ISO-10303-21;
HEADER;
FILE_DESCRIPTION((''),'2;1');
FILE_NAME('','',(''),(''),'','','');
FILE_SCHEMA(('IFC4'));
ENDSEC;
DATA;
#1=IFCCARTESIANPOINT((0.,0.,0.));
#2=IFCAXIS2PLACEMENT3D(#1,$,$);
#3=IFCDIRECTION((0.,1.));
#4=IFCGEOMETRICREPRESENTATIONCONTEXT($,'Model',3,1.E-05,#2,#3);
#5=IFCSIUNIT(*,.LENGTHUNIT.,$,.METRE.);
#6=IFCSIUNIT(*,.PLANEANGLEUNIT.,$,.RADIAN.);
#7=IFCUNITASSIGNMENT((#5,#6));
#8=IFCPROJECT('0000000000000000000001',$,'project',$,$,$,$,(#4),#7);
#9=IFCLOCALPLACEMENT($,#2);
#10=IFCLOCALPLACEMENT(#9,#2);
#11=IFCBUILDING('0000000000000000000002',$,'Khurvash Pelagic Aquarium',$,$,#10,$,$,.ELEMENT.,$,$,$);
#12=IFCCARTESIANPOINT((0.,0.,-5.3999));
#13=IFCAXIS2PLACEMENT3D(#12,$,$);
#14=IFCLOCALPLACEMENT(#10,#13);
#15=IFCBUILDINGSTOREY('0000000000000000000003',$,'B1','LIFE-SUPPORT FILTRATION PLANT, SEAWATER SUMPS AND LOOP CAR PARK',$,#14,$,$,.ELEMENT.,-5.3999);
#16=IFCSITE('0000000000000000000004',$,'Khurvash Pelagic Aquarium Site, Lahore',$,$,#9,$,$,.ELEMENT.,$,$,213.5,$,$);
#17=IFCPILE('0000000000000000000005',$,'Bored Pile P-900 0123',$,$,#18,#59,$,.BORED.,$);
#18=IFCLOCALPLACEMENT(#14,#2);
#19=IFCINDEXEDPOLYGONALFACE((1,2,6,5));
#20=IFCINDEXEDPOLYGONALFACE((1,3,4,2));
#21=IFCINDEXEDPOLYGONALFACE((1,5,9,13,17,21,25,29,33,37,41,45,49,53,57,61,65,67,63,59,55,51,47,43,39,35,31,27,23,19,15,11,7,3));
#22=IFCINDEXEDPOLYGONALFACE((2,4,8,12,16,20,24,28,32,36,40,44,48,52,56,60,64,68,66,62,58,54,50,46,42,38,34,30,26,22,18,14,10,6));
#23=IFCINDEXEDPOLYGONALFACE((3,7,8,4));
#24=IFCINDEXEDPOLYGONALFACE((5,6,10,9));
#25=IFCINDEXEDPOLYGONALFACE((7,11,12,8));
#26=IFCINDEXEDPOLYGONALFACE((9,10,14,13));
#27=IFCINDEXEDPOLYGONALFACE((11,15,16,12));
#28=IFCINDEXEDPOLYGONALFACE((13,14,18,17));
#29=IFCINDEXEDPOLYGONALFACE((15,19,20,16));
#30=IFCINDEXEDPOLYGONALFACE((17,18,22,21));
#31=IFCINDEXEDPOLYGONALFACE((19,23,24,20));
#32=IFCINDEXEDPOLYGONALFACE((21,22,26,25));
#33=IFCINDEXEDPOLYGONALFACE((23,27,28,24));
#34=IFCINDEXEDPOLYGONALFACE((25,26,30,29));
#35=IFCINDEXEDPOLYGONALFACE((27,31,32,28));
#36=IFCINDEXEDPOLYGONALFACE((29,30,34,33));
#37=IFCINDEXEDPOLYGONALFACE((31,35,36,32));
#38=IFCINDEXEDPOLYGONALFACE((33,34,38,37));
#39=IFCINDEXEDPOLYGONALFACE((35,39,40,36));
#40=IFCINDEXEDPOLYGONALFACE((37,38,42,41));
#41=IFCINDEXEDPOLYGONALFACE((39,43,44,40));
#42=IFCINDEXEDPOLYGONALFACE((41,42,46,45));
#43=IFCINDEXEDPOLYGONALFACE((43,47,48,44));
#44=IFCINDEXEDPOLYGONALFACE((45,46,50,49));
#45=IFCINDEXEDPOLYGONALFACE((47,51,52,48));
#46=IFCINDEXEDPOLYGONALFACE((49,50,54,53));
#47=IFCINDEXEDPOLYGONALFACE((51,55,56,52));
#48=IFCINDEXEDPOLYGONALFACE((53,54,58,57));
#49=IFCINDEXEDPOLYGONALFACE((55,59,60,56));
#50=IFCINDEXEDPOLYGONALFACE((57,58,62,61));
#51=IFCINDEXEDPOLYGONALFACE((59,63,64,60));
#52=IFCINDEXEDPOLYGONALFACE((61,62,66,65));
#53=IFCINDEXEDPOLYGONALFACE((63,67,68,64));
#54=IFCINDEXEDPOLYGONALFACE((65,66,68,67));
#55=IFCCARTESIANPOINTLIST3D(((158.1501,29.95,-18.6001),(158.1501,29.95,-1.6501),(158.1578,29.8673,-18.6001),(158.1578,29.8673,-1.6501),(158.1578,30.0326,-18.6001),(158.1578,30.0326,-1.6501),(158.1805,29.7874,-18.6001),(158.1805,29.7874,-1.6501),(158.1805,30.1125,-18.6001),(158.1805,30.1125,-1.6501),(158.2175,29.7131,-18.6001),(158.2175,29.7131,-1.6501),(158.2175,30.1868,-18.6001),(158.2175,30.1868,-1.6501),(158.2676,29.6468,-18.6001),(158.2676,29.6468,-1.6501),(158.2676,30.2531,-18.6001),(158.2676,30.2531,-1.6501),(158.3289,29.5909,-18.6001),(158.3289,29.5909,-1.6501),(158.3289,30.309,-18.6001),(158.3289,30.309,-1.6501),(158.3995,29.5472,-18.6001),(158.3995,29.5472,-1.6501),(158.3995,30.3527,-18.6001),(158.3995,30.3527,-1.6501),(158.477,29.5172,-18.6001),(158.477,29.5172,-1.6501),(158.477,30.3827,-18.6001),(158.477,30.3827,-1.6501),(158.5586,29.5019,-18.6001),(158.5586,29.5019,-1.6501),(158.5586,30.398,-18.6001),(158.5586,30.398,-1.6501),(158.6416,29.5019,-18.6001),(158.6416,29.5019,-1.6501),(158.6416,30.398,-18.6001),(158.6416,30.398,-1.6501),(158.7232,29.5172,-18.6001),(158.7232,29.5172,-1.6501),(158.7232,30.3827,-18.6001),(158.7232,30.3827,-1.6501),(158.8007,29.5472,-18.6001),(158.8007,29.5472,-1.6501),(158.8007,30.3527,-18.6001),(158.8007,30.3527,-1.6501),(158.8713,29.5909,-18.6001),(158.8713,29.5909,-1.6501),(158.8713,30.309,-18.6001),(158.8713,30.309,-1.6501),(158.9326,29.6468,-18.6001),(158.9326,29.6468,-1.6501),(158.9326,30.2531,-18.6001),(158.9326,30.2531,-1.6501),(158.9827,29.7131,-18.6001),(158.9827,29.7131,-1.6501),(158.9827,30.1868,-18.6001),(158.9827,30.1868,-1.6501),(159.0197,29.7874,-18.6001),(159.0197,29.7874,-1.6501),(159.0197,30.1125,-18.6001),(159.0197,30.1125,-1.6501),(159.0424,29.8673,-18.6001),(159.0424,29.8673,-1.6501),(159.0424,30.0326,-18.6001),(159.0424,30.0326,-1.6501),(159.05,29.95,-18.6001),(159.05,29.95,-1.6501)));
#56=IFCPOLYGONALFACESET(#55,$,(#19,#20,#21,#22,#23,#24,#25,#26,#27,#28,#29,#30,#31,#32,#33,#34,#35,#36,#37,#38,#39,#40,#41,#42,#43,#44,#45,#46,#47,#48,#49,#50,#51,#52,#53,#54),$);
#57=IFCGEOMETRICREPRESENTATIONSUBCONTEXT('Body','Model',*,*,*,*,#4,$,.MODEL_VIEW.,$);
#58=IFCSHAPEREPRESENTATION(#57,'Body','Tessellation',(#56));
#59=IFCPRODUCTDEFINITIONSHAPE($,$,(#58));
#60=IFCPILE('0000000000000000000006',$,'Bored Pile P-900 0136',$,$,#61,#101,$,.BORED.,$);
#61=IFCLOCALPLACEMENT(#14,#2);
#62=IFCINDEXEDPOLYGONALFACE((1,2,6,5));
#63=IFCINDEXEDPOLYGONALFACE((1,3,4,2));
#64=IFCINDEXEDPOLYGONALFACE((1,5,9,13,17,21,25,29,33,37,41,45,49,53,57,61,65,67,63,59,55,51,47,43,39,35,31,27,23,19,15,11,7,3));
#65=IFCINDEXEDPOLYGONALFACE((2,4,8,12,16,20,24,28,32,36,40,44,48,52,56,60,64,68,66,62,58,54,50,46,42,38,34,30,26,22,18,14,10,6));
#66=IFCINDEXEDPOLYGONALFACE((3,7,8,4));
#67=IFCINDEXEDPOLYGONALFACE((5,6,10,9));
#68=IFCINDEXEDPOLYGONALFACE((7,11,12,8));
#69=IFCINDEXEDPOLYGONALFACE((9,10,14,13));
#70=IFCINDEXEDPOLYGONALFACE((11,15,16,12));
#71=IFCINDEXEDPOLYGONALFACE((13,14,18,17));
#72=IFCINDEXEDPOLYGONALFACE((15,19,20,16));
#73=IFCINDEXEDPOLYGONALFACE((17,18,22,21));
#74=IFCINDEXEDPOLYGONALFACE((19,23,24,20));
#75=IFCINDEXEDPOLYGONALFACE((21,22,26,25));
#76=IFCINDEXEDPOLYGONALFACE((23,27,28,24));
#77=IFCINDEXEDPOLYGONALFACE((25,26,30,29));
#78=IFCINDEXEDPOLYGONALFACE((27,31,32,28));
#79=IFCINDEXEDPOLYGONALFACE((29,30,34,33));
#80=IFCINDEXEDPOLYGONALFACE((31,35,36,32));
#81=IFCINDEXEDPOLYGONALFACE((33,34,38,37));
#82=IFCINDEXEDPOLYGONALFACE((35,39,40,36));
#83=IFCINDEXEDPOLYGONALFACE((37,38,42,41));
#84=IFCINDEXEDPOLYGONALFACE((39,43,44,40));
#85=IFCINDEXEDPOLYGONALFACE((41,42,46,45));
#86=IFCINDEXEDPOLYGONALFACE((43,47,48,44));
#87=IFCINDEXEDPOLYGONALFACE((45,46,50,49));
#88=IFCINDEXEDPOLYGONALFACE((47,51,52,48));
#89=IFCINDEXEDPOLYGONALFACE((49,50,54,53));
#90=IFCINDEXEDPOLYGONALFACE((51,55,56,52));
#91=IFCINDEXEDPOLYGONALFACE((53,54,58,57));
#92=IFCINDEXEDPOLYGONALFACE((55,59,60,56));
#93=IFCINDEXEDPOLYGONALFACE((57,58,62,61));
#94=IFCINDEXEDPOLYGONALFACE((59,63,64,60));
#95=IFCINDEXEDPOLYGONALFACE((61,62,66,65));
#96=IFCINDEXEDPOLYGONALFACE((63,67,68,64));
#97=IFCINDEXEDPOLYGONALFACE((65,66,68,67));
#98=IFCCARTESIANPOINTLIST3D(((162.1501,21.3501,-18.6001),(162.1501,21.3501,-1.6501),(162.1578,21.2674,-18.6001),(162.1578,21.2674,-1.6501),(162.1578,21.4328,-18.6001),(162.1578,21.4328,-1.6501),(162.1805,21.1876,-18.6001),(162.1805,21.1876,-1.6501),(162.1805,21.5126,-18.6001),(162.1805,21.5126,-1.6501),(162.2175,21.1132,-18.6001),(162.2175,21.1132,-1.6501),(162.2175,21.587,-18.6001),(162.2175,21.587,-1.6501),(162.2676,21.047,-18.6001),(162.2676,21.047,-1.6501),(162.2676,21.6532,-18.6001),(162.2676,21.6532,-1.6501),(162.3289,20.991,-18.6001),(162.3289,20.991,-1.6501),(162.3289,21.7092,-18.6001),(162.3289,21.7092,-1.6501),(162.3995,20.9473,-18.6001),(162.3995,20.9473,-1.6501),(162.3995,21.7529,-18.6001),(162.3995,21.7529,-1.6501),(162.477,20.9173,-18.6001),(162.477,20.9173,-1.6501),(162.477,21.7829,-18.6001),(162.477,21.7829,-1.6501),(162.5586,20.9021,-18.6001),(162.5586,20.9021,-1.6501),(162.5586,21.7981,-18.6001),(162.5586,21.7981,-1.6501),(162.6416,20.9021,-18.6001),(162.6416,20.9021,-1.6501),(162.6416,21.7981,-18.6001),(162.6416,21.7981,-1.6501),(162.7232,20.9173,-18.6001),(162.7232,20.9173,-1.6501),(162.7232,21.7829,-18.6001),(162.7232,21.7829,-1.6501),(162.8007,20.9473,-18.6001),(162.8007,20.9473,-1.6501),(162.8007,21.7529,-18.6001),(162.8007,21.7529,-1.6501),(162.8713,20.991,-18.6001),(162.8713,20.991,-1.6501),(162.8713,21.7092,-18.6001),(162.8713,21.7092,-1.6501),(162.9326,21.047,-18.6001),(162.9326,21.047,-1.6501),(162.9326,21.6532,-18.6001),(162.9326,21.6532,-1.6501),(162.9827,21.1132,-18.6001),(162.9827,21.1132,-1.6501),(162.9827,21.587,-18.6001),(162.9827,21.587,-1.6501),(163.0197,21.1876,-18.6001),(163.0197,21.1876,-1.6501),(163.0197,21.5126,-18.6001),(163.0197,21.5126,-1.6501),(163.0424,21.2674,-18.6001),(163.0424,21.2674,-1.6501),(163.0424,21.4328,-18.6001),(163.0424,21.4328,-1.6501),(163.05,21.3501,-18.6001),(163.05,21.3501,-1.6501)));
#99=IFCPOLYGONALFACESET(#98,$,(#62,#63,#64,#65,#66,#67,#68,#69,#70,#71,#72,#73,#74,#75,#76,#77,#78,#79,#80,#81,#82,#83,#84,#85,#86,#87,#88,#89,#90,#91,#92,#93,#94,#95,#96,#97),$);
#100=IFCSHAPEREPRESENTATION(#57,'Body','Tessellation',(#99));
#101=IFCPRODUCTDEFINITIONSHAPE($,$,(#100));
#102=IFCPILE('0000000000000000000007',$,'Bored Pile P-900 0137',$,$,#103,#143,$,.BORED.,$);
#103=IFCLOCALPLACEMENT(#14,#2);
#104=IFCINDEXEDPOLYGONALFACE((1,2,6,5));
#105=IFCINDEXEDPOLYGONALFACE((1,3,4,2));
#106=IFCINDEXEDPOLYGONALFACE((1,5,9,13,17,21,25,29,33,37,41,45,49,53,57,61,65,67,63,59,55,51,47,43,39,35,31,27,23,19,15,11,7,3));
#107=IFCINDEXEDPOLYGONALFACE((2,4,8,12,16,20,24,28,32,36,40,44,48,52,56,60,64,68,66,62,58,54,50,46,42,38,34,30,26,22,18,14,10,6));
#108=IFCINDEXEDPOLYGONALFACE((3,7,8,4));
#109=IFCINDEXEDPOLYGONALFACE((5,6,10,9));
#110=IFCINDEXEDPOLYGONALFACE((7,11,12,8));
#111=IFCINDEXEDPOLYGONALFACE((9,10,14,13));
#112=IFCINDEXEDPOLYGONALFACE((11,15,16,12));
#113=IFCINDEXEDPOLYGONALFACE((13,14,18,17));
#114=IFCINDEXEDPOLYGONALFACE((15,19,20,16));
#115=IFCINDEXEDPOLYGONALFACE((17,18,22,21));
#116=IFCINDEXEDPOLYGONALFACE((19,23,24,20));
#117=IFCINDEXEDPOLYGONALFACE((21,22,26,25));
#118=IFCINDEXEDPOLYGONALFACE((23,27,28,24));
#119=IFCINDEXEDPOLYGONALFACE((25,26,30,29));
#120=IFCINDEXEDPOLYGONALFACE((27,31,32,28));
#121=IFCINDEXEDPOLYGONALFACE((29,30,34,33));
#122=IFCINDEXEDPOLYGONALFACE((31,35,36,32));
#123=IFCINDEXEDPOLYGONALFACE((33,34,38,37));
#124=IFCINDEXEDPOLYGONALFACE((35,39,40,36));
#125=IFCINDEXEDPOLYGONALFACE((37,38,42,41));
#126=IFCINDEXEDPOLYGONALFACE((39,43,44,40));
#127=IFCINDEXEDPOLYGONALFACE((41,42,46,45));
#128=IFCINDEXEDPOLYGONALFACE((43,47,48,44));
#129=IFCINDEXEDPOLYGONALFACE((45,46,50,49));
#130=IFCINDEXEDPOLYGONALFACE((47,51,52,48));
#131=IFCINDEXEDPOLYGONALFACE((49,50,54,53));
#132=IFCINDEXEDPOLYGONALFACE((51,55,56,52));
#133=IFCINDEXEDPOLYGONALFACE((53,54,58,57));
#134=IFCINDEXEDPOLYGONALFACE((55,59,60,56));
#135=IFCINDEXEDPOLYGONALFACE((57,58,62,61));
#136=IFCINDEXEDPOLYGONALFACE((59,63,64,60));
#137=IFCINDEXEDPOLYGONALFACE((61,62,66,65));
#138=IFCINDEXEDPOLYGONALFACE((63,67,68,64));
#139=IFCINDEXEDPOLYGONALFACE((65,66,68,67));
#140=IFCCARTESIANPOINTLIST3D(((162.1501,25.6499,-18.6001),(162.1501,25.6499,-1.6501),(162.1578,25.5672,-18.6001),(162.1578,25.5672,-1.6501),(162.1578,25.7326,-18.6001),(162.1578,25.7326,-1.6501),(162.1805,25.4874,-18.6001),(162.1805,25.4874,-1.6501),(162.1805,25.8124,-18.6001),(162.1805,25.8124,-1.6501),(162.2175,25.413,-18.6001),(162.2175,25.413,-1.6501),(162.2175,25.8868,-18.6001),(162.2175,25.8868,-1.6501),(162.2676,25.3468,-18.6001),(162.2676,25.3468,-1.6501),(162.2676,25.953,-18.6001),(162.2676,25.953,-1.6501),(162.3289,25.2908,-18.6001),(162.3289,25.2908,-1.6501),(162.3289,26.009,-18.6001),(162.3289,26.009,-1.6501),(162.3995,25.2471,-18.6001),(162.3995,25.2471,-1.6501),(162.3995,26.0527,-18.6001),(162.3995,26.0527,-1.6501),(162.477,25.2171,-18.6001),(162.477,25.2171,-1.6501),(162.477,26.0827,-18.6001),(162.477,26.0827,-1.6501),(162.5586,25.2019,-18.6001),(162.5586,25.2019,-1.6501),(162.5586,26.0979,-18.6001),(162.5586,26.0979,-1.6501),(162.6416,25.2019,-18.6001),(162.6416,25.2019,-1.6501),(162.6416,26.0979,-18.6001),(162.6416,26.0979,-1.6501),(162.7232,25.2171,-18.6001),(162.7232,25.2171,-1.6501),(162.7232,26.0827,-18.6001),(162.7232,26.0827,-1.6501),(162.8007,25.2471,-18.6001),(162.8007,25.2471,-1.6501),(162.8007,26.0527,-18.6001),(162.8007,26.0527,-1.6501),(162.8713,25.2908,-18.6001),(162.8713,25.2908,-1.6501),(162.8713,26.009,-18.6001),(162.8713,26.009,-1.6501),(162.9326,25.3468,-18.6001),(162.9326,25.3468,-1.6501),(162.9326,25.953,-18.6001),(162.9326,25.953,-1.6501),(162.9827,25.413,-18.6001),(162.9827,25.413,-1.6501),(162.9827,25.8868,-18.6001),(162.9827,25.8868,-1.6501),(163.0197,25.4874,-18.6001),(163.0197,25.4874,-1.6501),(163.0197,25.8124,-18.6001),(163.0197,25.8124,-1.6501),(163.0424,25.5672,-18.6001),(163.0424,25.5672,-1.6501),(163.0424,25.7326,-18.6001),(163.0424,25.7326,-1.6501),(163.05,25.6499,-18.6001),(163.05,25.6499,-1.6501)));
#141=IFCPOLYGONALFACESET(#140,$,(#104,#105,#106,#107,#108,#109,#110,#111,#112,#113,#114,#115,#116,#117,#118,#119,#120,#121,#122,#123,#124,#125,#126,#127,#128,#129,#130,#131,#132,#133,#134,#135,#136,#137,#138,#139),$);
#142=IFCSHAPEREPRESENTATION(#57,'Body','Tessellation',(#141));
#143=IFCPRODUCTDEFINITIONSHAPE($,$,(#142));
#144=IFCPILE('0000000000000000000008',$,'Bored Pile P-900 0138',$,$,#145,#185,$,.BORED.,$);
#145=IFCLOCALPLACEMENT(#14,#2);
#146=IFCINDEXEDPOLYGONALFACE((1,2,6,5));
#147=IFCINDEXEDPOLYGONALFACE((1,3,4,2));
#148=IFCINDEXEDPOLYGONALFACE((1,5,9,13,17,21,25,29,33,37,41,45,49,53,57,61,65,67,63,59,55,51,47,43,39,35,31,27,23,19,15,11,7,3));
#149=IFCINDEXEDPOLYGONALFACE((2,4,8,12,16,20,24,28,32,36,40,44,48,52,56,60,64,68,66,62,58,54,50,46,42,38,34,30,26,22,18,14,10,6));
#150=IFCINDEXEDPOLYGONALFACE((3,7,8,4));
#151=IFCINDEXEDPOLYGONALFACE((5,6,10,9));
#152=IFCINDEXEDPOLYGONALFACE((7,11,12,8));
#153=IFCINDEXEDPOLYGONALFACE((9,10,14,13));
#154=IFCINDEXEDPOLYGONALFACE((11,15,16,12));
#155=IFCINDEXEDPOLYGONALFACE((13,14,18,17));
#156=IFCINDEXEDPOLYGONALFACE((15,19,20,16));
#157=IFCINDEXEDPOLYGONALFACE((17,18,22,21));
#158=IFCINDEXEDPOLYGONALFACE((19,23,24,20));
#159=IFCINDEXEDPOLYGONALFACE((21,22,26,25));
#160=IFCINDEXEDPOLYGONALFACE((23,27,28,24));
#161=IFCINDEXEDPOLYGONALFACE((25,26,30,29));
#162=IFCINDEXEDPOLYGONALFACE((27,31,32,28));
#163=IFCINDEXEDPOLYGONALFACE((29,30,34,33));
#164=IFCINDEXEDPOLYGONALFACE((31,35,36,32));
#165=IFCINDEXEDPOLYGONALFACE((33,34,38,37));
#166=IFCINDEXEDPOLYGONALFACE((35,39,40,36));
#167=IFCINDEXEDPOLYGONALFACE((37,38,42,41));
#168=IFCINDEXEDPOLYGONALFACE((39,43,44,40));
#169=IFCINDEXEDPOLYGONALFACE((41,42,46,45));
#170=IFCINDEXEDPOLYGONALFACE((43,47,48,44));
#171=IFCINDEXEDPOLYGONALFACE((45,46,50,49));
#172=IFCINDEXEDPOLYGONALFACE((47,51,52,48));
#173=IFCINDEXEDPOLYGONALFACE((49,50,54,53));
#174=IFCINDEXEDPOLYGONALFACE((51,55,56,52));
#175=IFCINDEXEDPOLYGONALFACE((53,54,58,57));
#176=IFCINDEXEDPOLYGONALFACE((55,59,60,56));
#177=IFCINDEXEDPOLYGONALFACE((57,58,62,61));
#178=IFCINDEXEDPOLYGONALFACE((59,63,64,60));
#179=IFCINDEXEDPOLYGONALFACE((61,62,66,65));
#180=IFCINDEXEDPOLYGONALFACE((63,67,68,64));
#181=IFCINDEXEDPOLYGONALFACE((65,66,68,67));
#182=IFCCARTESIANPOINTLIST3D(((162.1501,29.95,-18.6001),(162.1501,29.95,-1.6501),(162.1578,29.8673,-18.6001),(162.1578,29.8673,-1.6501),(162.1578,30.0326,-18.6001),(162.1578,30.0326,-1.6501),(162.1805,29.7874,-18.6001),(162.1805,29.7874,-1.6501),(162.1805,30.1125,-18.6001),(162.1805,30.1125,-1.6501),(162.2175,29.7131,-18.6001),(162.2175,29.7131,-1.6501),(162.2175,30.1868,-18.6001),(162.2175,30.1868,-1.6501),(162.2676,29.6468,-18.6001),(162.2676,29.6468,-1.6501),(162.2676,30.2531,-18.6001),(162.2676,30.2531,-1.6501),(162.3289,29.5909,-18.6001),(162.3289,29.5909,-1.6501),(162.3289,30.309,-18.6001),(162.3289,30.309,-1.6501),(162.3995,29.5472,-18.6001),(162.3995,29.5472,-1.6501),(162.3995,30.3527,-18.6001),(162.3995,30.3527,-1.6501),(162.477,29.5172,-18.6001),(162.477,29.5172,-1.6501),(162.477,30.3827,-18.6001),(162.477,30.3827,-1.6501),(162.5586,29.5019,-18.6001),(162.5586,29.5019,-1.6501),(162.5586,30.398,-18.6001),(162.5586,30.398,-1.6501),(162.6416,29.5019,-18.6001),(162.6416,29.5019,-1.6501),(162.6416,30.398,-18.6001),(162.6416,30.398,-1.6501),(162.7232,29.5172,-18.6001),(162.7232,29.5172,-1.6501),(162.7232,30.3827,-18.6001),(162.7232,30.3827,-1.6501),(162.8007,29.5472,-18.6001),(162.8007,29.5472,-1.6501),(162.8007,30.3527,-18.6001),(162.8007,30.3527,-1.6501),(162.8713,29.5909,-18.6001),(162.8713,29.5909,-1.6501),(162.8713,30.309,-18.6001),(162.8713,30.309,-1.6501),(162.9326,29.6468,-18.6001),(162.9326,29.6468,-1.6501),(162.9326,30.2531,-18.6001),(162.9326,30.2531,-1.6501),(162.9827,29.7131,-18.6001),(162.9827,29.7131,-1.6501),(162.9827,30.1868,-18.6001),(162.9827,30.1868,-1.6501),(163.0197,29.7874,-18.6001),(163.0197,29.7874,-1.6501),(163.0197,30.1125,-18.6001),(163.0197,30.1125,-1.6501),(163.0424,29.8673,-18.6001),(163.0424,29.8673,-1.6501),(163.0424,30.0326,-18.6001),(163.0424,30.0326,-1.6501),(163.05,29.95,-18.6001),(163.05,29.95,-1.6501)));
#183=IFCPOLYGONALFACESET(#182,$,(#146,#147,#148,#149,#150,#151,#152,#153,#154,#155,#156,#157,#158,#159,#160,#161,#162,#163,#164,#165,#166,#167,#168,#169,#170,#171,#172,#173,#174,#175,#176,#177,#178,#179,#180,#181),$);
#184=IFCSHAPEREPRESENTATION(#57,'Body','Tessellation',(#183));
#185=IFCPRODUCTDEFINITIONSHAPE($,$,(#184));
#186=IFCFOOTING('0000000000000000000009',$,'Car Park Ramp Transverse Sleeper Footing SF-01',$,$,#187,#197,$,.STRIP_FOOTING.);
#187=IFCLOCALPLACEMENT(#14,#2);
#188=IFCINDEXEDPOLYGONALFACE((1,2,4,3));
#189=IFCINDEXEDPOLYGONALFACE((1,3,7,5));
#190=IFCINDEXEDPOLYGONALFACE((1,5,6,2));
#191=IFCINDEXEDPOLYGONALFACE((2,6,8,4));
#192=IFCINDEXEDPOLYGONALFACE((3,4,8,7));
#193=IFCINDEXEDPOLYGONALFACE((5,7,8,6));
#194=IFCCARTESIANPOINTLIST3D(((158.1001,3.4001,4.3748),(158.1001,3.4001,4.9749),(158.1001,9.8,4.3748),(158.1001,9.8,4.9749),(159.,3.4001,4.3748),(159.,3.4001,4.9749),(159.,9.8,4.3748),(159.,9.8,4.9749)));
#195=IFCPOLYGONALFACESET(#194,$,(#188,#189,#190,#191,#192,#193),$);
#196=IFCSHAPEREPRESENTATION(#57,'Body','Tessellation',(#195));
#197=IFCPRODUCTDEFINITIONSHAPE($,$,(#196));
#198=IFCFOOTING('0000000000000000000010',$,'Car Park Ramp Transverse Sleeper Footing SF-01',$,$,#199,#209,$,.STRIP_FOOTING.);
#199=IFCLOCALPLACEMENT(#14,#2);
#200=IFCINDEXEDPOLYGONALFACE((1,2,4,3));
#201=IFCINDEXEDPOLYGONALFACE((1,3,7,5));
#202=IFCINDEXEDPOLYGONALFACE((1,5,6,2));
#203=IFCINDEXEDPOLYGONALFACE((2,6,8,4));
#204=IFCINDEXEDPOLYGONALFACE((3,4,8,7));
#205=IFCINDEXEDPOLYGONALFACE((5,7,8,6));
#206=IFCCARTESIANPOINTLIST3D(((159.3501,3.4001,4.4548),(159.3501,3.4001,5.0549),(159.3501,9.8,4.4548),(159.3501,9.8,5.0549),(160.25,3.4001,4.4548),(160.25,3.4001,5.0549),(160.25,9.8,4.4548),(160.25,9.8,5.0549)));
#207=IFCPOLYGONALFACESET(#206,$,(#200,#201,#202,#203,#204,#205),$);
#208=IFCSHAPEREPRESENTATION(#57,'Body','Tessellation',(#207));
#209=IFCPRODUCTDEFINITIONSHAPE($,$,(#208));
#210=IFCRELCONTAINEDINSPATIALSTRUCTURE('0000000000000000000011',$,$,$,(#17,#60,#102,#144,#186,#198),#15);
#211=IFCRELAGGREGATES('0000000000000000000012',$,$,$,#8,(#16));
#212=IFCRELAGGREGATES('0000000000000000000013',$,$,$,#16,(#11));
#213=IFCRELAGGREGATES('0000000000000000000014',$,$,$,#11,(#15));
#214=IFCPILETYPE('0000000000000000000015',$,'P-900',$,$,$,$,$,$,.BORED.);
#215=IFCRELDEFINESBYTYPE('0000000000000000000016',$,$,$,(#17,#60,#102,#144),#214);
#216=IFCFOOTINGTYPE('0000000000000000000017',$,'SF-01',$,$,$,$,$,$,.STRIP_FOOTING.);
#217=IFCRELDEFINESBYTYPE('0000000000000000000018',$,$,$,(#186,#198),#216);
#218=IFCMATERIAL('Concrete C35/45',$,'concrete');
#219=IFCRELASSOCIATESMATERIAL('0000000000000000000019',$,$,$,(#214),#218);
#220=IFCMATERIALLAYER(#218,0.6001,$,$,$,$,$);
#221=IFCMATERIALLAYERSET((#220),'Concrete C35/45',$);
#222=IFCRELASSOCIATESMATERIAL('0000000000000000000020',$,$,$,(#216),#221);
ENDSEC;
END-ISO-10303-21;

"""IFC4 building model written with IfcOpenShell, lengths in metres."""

from ifc_helpers import new_model, si_unit, direction, frame, origin, origin_2d, place, context, subcontext, project, spatial, rectangle, circle, extrude, material, layer, layer_set, material_profile, profile_set, type_object, element, save


model = new_model("IFC4")

# Units and contexts
model_context = context("Model", 3, precision=1e-05, world=origin(), true_north=direction((0.0, 1.0)))
body_context = subcontext(model_context, "Body", "Model", "MODEL_VIEW")
ifc_project = project(units=[si_unit("LENGTHUNIT", "METRE"), si_unit("PLANEANGLEUNIT", "RADIAN")], contexts=[model_context])

# Site, building, storey
site_placement = place(None, origin())
site = spatial("IfcSite", under=ifc_project, at=site_placement, Name="Khurvash Pelagic Aquarium Site, Lahore", CompositionType="ELEMENT", RefElevation=213.5)
building_placement = place(site_placement, origin())
building = spatial("IfcBuilding", under=site, at=building_placement, Name="Khurvash Pelagic Aquarium", CompositionType="ELEMENT")
storey_placement = place(building_placement, frame((0.0, 0.0, -5.3999)))
storey = spatial("IfcBuildingStorey", under=building, at=storey_placement, Name="B1", Description="LIFE-SUPPORT FILTRATION PLANT, SEAWATER SUMPS AND LOOP CAR PARK", CompositionType="ELEMENT", Elevation=-5.3999)

# Piles
ifc_material_1 = material(Name="Concrete C35/45", Category="concrete")
ifc_material_profile_1 = material_profile(ifc_material_1, circle(Radius=0.45, at=origin_2d()), Name="PILE900")
ifc_profile_set_1 = profile_set([ifc_material_profile_1], Name="Concrete C35/45")
pile_type = type_object("IfcPileType", Name="P-900", PredefinedType="BORED", material=ifc_profile_set_1)
for number, where, z_axis, x_axis, name in (
    (1, (158.6001, 29.95, -1.6501), (0.0, 0.0, -1.0), (1.0, 0.0, 0.0), "Bored Pile P-900 0123"),
    (2, (162.6001, 21.3501, -1.6501), (0.0, 0.0, -1.0), (1.0, 0.0, 0.0), "Bored Pile P-900 0136"),
    (3, (162.6001, 25.6499, -1.6501), (0.0, 0.0, -1.0), (1.0, 0.0, 0.0), "Bored Pile P-900 0137"),
    (4, (162.6001, 29.95, -1.6501), (0.0, 0.0, -1.0), (1.0, 0.0, 0.0), "Bored Pile P-900 0138"),
):
    element("IfcPile", number, at=place(storey_placement, frame(where, z_axis=z_axis, x_axis=x_axis)), inside=storey, type_object=pile_type, Name=name, PredefinedType="BORED", context=body_context, shape_type="SweptSolid", body=[
        extrude(circle(Radius=0.45, at=origin_2d()), origin(), (0.0, 0.0, 1.0), 16.95),
    ])

# Footings
ifc_layer_1 = layer(ifc_material_1, 0.6001)
ifc_layer_set_1 = layer_set([ifc_layer_1], Name="Concrete C35/45")
footing_type = type_object("IfcFootingType", Name="SF-01", PredefinedType="STRIP_FOOTING", material=ifc_layer_set_1)
for number, where, z_axis, x_axis, name in (
    (5, (158.55, 6.6001, 4.3748), (0.0, 0.0, 1.0), (0.0, 1.0, 0.0), "Car Park Ramp Transverse Sleeper Footing SF-01"),
    (6, (159.8, 6.6001, 4.4548), (0.0, 0.0, 1.0), (0.0, 1.0, 0.0), "Car Park Ramp Transverse Sleeper Footing SF-01"),
):
    element("IfcFooting", number, at=place(storey_placement, frame(where, z_axis=z_axis, x_axis=x_axis)), inside=storey, type_object=footing_type, Name=name, PredefinedType="STRIP_FOOTING", context=body_context, shape_type="SweptSolid", body=[
        extrude(rectangle(XDim=6.3999, YDim=0.8999, at=origin_2d()), origin(), (0.0, 0.0, 1.0), 0.6001),
    ])

save(model, "model.ifc")
